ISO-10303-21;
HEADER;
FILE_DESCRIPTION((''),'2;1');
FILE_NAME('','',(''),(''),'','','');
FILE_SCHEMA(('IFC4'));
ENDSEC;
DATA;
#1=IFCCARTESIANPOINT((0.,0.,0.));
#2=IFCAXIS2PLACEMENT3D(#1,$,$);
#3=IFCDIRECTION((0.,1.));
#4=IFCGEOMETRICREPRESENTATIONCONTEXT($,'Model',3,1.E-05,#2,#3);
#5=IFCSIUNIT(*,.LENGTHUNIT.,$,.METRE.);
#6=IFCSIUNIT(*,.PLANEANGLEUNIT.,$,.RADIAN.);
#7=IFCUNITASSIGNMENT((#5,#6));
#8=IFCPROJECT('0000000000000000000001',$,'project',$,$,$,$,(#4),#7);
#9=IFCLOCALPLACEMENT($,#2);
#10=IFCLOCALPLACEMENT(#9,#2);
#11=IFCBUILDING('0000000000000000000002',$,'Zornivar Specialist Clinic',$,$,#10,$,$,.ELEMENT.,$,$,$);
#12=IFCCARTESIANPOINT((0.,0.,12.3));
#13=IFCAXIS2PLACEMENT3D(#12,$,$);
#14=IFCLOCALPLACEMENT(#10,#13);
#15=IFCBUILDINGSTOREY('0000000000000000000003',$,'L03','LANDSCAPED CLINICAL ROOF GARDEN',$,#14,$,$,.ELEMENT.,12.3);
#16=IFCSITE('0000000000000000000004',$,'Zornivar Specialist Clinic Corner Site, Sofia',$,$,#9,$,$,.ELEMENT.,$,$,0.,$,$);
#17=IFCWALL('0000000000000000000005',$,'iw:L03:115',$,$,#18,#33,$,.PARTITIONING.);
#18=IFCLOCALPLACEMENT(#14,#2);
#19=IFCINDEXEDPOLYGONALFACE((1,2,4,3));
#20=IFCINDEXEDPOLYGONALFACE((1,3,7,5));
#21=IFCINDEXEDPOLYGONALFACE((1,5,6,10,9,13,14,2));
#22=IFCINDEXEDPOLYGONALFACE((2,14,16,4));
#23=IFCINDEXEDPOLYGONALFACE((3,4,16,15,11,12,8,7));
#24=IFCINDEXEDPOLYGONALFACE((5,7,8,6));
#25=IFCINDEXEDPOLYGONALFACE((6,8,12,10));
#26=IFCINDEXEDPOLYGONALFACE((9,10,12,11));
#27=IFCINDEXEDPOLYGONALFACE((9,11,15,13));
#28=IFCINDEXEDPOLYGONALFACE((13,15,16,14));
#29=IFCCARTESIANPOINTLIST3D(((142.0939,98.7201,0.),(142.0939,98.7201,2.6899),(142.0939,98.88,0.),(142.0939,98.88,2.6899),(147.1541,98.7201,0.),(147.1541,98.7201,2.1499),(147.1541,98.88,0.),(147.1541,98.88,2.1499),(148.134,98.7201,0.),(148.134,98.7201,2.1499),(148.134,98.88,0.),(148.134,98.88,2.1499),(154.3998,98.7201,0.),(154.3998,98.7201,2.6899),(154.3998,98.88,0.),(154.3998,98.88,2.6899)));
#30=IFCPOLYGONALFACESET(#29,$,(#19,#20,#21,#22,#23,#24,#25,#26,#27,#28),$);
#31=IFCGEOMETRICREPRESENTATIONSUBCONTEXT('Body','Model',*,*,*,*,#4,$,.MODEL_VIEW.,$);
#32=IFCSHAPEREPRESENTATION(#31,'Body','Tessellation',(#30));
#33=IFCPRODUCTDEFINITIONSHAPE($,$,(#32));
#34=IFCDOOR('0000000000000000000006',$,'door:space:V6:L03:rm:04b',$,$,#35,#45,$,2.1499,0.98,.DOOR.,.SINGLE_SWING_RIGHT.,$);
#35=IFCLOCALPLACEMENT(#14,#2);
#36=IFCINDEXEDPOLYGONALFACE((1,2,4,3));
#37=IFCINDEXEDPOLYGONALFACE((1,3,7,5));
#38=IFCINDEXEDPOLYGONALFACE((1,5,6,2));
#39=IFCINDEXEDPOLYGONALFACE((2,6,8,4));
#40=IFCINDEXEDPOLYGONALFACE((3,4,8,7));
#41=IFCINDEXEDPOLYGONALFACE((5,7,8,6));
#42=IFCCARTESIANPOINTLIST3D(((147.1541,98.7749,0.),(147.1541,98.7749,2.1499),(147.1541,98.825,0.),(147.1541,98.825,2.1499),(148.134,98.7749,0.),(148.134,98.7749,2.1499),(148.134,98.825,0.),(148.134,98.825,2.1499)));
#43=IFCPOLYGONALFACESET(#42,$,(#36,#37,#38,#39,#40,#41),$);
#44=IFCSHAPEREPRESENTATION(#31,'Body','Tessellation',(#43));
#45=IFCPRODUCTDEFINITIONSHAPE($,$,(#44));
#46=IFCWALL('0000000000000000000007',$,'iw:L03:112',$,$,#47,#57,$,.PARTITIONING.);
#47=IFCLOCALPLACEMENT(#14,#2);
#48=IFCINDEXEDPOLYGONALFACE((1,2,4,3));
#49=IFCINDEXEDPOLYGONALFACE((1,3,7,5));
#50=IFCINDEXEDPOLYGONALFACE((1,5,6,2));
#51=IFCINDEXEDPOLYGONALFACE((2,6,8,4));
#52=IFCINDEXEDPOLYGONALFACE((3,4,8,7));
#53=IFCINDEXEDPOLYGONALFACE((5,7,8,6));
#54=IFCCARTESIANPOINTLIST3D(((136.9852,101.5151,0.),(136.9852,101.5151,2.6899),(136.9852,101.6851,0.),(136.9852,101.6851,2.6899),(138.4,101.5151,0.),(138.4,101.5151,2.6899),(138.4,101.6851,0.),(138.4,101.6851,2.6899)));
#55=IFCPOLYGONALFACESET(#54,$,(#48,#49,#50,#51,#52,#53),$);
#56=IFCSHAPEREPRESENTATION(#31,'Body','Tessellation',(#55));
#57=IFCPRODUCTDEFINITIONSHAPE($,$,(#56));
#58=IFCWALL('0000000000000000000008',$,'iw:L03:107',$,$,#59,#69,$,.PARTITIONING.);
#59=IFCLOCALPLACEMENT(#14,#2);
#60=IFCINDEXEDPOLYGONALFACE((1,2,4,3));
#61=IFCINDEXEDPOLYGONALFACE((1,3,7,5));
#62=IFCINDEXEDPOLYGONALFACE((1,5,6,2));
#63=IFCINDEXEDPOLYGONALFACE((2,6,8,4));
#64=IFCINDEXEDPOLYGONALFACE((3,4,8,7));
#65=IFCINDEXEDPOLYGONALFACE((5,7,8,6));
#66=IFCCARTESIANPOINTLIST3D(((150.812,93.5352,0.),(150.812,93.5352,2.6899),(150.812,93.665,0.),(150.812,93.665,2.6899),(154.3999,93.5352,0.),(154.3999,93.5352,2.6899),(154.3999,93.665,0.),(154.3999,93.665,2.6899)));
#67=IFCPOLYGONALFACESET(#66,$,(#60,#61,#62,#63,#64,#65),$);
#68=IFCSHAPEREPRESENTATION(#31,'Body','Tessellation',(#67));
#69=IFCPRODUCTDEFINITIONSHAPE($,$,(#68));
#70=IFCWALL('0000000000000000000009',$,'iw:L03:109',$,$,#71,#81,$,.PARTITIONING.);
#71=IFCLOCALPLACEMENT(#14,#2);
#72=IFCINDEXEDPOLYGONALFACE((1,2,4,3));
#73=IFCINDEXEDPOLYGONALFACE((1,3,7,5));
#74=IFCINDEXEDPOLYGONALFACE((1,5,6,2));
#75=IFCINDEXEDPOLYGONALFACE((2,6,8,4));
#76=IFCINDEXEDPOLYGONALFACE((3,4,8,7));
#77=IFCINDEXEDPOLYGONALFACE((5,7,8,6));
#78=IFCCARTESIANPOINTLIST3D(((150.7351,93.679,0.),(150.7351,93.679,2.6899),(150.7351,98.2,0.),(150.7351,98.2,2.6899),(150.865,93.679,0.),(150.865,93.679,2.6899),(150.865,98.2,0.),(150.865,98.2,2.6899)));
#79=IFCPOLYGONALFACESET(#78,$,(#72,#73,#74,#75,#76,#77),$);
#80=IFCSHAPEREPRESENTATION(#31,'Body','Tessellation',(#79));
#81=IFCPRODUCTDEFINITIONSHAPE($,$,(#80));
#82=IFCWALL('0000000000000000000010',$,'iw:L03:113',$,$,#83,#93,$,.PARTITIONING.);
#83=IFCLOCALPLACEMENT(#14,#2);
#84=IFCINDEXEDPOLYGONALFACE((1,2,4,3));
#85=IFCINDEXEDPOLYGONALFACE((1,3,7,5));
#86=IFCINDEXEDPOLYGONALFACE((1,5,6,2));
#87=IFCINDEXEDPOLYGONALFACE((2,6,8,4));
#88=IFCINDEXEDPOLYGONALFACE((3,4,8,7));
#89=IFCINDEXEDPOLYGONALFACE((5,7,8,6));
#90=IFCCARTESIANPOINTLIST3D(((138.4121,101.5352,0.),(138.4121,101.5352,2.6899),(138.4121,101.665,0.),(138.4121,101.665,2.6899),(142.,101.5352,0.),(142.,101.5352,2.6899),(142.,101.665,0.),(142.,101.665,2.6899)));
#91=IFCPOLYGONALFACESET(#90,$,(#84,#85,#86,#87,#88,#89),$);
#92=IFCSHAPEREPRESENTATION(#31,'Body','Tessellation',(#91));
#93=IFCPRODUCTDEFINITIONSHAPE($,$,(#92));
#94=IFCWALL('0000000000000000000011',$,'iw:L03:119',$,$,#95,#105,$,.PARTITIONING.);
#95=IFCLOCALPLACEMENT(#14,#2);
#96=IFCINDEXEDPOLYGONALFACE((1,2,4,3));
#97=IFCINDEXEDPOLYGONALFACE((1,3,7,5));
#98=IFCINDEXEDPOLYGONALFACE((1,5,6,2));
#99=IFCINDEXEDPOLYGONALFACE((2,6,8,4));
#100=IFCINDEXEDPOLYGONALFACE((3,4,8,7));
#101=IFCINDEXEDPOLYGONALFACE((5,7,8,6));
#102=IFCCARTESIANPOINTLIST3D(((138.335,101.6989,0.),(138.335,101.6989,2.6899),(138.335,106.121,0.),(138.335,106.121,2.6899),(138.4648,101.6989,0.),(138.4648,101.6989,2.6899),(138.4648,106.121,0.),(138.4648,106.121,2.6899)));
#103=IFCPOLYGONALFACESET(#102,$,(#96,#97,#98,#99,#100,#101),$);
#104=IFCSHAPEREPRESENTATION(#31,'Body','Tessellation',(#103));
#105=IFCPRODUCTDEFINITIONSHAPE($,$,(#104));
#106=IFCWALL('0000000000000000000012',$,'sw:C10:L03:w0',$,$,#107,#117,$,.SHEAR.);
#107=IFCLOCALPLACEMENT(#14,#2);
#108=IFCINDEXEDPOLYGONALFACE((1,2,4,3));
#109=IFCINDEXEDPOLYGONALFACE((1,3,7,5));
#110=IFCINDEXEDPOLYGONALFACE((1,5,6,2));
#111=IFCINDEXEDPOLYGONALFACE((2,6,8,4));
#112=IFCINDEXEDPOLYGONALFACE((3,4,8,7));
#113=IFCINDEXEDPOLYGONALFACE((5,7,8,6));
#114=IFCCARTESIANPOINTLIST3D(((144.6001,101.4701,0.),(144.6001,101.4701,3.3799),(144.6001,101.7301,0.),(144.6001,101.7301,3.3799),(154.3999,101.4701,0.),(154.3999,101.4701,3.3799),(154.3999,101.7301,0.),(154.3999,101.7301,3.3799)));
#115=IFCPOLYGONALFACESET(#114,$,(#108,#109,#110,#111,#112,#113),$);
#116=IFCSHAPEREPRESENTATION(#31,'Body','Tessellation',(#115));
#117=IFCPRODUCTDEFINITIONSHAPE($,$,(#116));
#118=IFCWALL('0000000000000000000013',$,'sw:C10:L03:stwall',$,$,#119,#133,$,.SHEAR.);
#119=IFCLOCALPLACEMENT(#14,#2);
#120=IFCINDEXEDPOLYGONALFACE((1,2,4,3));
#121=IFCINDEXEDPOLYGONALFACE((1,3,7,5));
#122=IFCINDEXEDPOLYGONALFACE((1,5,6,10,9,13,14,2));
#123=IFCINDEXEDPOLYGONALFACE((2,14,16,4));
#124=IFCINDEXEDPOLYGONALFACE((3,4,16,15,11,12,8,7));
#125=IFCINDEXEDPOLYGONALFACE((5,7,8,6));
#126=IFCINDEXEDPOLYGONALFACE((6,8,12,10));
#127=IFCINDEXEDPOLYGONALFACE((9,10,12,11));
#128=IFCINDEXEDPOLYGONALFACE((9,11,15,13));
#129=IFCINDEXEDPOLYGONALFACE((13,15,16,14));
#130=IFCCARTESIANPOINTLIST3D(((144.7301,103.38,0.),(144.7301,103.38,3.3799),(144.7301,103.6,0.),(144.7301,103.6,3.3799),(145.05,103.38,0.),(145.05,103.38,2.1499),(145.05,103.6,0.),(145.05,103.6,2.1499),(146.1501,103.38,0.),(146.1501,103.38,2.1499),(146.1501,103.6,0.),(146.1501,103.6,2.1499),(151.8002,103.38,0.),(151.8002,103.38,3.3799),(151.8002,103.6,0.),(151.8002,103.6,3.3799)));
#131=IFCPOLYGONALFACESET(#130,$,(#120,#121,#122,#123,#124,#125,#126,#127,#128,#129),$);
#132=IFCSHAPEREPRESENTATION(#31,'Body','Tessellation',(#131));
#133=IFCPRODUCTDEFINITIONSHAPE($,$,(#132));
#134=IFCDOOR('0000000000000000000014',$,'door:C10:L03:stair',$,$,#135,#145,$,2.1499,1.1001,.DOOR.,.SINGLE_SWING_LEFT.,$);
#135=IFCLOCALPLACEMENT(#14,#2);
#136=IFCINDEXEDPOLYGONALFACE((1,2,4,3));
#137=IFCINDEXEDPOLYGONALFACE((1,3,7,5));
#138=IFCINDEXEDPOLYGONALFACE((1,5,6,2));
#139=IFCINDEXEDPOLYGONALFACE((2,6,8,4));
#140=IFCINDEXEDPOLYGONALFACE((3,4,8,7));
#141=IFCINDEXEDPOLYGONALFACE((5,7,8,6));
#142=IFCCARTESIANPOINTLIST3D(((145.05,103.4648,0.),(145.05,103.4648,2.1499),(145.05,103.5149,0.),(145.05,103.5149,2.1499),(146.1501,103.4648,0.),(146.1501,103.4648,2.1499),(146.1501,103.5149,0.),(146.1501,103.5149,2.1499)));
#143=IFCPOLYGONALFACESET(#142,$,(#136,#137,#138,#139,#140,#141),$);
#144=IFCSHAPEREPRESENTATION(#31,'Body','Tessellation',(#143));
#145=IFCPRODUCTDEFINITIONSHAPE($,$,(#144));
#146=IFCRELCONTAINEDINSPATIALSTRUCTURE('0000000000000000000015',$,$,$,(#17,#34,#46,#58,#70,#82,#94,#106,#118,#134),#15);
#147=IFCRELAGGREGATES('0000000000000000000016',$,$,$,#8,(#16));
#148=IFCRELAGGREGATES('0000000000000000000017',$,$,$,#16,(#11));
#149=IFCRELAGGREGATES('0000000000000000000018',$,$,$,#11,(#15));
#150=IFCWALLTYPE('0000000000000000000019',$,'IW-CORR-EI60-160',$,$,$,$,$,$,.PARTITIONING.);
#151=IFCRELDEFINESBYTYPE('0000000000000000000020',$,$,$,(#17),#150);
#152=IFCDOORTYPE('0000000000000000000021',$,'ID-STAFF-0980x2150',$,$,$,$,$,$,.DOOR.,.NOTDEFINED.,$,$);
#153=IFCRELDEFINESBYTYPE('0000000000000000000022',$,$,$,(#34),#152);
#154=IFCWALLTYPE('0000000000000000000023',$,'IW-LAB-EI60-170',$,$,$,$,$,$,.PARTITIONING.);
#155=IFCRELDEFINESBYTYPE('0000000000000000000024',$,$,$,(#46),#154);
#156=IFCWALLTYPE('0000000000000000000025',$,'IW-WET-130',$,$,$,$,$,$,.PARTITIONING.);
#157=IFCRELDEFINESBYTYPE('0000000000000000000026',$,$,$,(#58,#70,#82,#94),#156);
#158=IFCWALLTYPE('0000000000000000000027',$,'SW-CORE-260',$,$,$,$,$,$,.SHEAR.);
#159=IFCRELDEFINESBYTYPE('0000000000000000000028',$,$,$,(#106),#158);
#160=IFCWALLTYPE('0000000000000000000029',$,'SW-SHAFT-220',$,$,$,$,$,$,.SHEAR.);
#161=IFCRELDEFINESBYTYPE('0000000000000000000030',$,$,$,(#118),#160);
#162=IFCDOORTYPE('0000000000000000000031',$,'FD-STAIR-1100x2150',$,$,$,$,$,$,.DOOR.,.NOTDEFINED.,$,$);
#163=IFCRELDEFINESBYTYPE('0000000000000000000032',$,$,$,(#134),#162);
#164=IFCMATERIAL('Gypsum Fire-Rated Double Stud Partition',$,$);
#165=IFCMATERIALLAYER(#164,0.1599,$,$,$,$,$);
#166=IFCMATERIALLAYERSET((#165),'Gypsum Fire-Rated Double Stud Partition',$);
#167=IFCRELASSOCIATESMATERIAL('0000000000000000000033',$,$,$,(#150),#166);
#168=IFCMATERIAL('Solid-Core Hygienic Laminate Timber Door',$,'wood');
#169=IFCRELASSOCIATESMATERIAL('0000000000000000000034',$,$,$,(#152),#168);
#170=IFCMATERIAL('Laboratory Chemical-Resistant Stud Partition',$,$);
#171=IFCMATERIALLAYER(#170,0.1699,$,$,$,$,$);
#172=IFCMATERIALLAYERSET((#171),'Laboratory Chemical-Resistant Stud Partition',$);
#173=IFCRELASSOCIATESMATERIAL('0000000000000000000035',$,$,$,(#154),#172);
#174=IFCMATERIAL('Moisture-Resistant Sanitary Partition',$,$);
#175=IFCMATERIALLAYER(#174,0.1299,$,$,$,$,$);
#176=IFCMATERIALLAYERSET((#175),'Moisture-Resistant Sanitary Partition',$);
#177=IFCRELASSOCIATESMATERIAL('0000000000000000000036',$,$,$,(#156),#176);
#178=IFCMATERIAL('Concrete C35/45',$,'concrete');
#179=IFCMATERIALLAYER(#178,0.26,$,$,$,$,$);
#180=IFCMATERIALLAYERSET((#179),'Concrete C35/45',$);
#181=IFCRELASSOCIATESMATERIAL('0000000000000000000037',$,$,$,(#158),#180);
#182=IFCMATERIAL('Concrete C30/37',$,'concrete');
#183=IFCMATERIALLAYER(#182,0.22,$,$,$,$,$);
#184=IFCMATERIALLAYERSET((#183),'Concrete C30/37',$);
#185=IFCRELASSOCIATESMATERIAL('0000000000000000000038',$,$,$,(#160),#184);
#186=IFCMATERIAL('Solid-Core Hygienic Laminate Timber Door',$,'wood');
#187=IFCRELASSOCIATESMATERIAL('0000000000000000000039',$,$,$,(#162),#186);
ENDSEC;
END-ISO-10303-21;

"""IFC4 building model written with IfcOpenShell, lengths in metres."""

from ifc_helpers import new_model, si_unit, direction, frame, frame_2d, origin, place, context, subcontext, project, spatial, rectangle, extrude, material, layer, layer_set, type_object, element, fill, save


model = new_model("IFC4")

# Units and contexts
model_context = context("Model", 3, precision=1e-05, world=origin(), true_north=direction((0.0, 1.0)))
body_context = subcontext(model_context, "Body", "Model", "MODEL_VIEW")
ifc_project = project(units=[si_unit("LENGTHUNIT", "METRE"), si_unit("PLANEANGLEUNIT", "RADIAN")], contexts=[model_context])

# Site, building, storey
site_placement = place(None, origin())
site = spatial("IfcSite", under=ifc_project, at=site_placement, Name="Zornivar Specialist Clinic Corner Site, Sofia", CompositionType="ELEMENT", RefElevation=0.0)
building_placement = place(site_placement, origin())
building = spatial("IfcBuilding", under=site, at=building_placement, Name="Zornivar Specialist Clinic", CompositionType="ELEMENT")
storey_placement = place(building_placement, frame((0.0, 0.0, 12.3)))
storey = spatial("IfcBuildingStorey", under=building, at=storey_placement, Name="L03", Description="LANDSCAPED CLINICAL ROOF GARDEN", CompositionType="ELEMENT", Elevation=12.3)

# Shared definitions
ifc_material_1 = material(Name="Gypsum Fire-Rated Double Stud Partition")
ifc_layer_1 = layer(ifc_material_1, 0.1599)
ifc_layer_set_1 = layer_set([ifc_layer_1], Name="Gypsum Fire-Rated Double Stud Partition")
wall_type_1 = type_object("IfcWallType", Name="IW-CORR-EI60-160", PredefinedType="PARTITIONING", material=ifc_layer_set_1)

# Wall, opening, door
wall_1_placement = place(storey_placement, frame((142.094, 98.8, 0.0), z_axis=(0.0, 0.0, 1.0), x_axis=(1.0, 0.0, 0.0)))
wall_1 = element("IfcWall", 1, at=wall_1_placement, inside=storey, type_object=wall_type_1, Name="iw:L03:115", PredefinedType="PARTITIONING", context=body_context, shape_type="SweptSolid", body=[
    extrude(rectangle(XDim=12.3059, YDim=0.1599, at=frame_2d((6.1528, 0.0))), origin(), (0.0, 0.0, 1.0), 2.6899),
])
opening_1_placement = place(wall_1_placement, frame((5.0601, 0.0, 0.0)))
opening_1 = element("IfcOpeningElement", 2, at=opening_1_placement, cuts=wall_1, PredefinedType="OPENING", context=body_context, shape_type="SweptSolid", body=[
    extrude(rectangle(XDim=0.98, YDim=2.1499, at=frame_2d((0.49, 1.075))), frame((0.0, 0.0898, 0.0), z_axis=(0.0, -1.0, 0.0), x_axis=(1.0, 0.0, 0.0)), (0.0, 0.0, 1.0), 0.1799),
])
ifc_material_2 = material(Name="Solid-Core Hygienic Laminate Timber Door", Category="wood")
door_type_1 = type_object("IfcDoorType", Name="ID-STAFF-0980x2150", OperationType="NOTDEFINED", PredefinedType="DOOR", material=ifc_material_2)
door_1_placement = place(opening_1_placement, origin())
door_1 = element("IfcDoor", 3, at=door_1_placement, inside=storey, type_object=door_type_1, Name="door:space:V6:L03:rm:04b", OperationType="SINGLE_SWING_RIGHT", OverallHeight=2.1499, OverallWidth=0.98, PredefinedType="DOOR", context=body_context, shape_type="SweptSolid", body=[
    extrude(rectangle(XDim=0.98, YDim=2.1499, at=frame_2d((0.49, 1.075))), frame((0.0, 0.0249, 0.0), z_axis=(0.0, -1.0, 0.0), x_axis=(1.0, 0.0, 0.0)), (0.0, 0.0, 1.0), 0.05),
])
fill(opening_1, door_1)

# Walls
ifc_material_3 = material(Name="Laboratory Chemical-Resistant Stud Partition")
ifc_layer_2 = layer(ifc_material_3, 0.1699)
ifc_layer_set_2 = layer_set([ifc_layer_2], Name="Laboratory Chemical-Resistant Stud Partition")
wall_type_2 = type_object("IfcWallType", Name="IW-LAB-EI60-170", PredefinedType="PARTITIONING", material=ifc_layer_set_2)
wall_2_placement = place(storey_placement, frame((136.9851, 101.6001, 0.0), z_axis=(0.0, 0.0, 1.0), x_axis=(1.0, 0.0, 0.0)))
element("IfcWall", 4, at=wall_2_placement, inside=storey, type_object=wall_type_2, Name="iw:L03:112", PredefinedType="PARTITIONING", context=body_context, shape_type="SweptSolid", body=[
    extrude(rectangle(XDim=1.4148, YDim=0.1699, at=frame_2d((0.7075, 0.0))), origin(), (0.0, 0.0, 1.0), 2.6899),
])
ifc_material_4 = material(Name="Moisture-Resistant Sanitary Partition")
ifc_layer_3 = layer(ifc_material_4, 0.1299)
ifc_layer_set_3 = layer_set([ifc_layer_3], Name="Moisture-Resistant Sanitary Partition")
wall_type_3 = type_object("IfcWallType", Name="IW-WET-130", PredefinedType="PARTITIONING", material=ifc_layer_set_3)
wall_3_placement = place(storey_placement, frame((150.812, 93.6001, 0.0), z_axis=(0.0, 0.0, 1.0), x_axis=(1.0, 0.0, 0.0)))
element("IfcWall", 5, at=wall_3_placement, inside=storey, type_object=wall_type_3, Name="iw:L03:107", PredefinedType="PARTITIONING", context=body_context, shape_type="SweptSolid", body=[
    extrude(rectangle(XDim=3.5879, YDim=0.1299, at=frame_2d((1.7939, 0.0))), origin(), (0.0, 0.0, 1.0), 2.6899),
])
wall_4_placement = place(storey_placement, frame((150.8, 93.679, 0.0), z_axis=(0.0, 0.0, 1.0), x_axis=(0.0, 1.0, 0.0)))
element("IfcWall", 6, at=wall_4_placement, inside=storey, type_object=wall_type_3, Name="iw:L03:109", PredefinedType="PARTITIONING", context=body_context, shape_type="SweptSolid", body=[
    extrude(rectangle(XDim=4.521, YDim=0.1299, at=frame_2d((2.2605, 0.0))), origin(), (0.0, 0.0, 1.0), 2.6899),
])
wall_5_placement = place(storey_placement, frame((138.4121, 101.6001, 0.0), z_axis=(0.0, 0.0, 1.0), x_axis=(1.0, 0.0, 0.0)))
element("IfcWall", 7, at=wall_5_placement, inside=storey, type_object=wall_type_3, Name="iw:L03:113", PredefinedType="PARTITIONING", context=body_context, shape_type="SweptSolid", body=[
    extrude(rectangle(XDim=3.5879, YDim=0.1299, at=frame_2d((1.7939, 0.0))), origin(), (0.0, 0.0, 1.0), 2.6899),
])
wall_6_placement = place(storey_placement, frame((138.3999, 101.699, 0.0), z_axis=(0.0, 0.0, 1.0), x_axis=(0.0, 1.0, 0.0)))
element("IfcWall", 8, at=wall_6_placement, inside=storey, type_object=wall_type_3, Name="iw:L03:119", PredefinedType="PARTITIONING", context=body_context, shape_type="SweptSolid", body=[
    extrude(rectangle(XDim=4.4221, YDim=0.1299, at=frame_2d((2.2109, 0.0))), origin(), (0.0, 0.0, 1.0), 2.6899),
])
ifc_material_5 = material(Name="Concrete C35/45", Category="concrete")
ifc_layer_4 = layer(ifc_material_5, 0.26)
ifc_layer_set_4 = layer_set([ifc_layer_4], Name="Concrete C35/45")
wall_type_4 = type_object("IfcWallType", Name="SW-CORE-260", PredefinedType="SHEAR", material=ifc_layer_set_4)
wall_7_placement = place(storey_placement, frame((144.6001, 101.6001, 0.0), z_axis=(0.0, 0.0, 1.0), x_axis=(1.0, 0.0, 0.0)))
element("IfcWall", 9, at=wall_7_placement, inside=storey, type_object=wall_type_4, Name="sw:C10:L03:w0", PredefinedType="SHEAR", context=body_context, shape_type="SweptSolid", body=[
    extrude(rectangle(XDim=9.7998, YDim=0.26, at=frame_2d((4.8999, 0.0))), origin(), (0.0, 0.0, 1.0), 3.3799),
])

# Wall, opening, door
ifc_material_6 = material(Name="Concrete C30/37", Category="concrete")
ifc_layer_5 = layer(ifc_material_6, 0.22)
ifc_layer_set_5 = layer_set([ifc_layer_5], Name="Concrete C30/37")
wall_type_5 = type_object("IfcWallType", Name="SW-SHAFT-220", PredefinedType="SHEAR", material=ifc_layer_set_5)
wall_8_placement = place(storey_placement, frame((144.73, 103.49, 0.0), z_axis=(0.0, 0.0, 1.0), x_axis=(1.0, 0.0, 0.0)))
wall_8 = element("IfcWall", 10, at=wall_8_placement, inside=storey, type_object=wall_type_5, Name="sw:C10:L03:stwall", PredefinedType="SHEAR", context=body_context, shape_type="SweptSolid", body=[
    extrude(rectangle(XDim=7.0701, YDim=0.22, at=frame_2d((3.5352, 0.0))), origin(), (0.0, 0.0, 1.0), 3.3799),
])
opening_2_placement = place(wall_8_placement, frame((0.3201, 0.0, 0.0)))
opening_2 = element("IfcOpeningElement", 11, at=opening_2_placement, cuts=wall_8, PredefinedType="OPENING", context=body_context, shape_type="SweptSolid", body=[
    extrude(rectangle(XDim=1.1001, YDim=2.1499, at=frame_2d((0.55, 1.075))), frame((0.0, 0.1199, 0.0), z_axis=(0.0, -1.0, 0.0), x_axis=(1.0, 0.0, 0.0)), (0.0, 0.0, 1.0), 0.24),
])
ifc_material_7 = material(Name="Solid-Core Hygienic Laminate Timber Door", Category="wood")
door_type_2 = type_object("IfcDoorType", Name="FD-STAIR-1100x2150", OperationType="NOTDEFINED", PredefinedType="DOOR", material=ifc_material_7)
door_2_placement = place(opening_2_placement, origin())
door_2 = element("IfcDoor", 12, at=door_2_placement, inside=storey, type_object=door_type_2, Name="door:C10:L03:stair", OperationType="SINGLE_SWING_LEFT", OverallHeight=2.1499, OverallWidth=1.1001, PredefinedType="DOOR", context=body_context, shape_type="SweptSolid", body=[
    extrude(rectangle(XDim=1.1001, YDim=2.1499, at=frame_2d((0.55, 1.075))), frame((0.0, 0.0249, 0.0), z_axis=(0.0, -1.0, 0.0), x_axis=(1.0, 0.0, 0.0)), (0.0, 0.0, 1.0), 0.05),
])
fill(opening_2, door_2)

save(model, "model.ifc")
